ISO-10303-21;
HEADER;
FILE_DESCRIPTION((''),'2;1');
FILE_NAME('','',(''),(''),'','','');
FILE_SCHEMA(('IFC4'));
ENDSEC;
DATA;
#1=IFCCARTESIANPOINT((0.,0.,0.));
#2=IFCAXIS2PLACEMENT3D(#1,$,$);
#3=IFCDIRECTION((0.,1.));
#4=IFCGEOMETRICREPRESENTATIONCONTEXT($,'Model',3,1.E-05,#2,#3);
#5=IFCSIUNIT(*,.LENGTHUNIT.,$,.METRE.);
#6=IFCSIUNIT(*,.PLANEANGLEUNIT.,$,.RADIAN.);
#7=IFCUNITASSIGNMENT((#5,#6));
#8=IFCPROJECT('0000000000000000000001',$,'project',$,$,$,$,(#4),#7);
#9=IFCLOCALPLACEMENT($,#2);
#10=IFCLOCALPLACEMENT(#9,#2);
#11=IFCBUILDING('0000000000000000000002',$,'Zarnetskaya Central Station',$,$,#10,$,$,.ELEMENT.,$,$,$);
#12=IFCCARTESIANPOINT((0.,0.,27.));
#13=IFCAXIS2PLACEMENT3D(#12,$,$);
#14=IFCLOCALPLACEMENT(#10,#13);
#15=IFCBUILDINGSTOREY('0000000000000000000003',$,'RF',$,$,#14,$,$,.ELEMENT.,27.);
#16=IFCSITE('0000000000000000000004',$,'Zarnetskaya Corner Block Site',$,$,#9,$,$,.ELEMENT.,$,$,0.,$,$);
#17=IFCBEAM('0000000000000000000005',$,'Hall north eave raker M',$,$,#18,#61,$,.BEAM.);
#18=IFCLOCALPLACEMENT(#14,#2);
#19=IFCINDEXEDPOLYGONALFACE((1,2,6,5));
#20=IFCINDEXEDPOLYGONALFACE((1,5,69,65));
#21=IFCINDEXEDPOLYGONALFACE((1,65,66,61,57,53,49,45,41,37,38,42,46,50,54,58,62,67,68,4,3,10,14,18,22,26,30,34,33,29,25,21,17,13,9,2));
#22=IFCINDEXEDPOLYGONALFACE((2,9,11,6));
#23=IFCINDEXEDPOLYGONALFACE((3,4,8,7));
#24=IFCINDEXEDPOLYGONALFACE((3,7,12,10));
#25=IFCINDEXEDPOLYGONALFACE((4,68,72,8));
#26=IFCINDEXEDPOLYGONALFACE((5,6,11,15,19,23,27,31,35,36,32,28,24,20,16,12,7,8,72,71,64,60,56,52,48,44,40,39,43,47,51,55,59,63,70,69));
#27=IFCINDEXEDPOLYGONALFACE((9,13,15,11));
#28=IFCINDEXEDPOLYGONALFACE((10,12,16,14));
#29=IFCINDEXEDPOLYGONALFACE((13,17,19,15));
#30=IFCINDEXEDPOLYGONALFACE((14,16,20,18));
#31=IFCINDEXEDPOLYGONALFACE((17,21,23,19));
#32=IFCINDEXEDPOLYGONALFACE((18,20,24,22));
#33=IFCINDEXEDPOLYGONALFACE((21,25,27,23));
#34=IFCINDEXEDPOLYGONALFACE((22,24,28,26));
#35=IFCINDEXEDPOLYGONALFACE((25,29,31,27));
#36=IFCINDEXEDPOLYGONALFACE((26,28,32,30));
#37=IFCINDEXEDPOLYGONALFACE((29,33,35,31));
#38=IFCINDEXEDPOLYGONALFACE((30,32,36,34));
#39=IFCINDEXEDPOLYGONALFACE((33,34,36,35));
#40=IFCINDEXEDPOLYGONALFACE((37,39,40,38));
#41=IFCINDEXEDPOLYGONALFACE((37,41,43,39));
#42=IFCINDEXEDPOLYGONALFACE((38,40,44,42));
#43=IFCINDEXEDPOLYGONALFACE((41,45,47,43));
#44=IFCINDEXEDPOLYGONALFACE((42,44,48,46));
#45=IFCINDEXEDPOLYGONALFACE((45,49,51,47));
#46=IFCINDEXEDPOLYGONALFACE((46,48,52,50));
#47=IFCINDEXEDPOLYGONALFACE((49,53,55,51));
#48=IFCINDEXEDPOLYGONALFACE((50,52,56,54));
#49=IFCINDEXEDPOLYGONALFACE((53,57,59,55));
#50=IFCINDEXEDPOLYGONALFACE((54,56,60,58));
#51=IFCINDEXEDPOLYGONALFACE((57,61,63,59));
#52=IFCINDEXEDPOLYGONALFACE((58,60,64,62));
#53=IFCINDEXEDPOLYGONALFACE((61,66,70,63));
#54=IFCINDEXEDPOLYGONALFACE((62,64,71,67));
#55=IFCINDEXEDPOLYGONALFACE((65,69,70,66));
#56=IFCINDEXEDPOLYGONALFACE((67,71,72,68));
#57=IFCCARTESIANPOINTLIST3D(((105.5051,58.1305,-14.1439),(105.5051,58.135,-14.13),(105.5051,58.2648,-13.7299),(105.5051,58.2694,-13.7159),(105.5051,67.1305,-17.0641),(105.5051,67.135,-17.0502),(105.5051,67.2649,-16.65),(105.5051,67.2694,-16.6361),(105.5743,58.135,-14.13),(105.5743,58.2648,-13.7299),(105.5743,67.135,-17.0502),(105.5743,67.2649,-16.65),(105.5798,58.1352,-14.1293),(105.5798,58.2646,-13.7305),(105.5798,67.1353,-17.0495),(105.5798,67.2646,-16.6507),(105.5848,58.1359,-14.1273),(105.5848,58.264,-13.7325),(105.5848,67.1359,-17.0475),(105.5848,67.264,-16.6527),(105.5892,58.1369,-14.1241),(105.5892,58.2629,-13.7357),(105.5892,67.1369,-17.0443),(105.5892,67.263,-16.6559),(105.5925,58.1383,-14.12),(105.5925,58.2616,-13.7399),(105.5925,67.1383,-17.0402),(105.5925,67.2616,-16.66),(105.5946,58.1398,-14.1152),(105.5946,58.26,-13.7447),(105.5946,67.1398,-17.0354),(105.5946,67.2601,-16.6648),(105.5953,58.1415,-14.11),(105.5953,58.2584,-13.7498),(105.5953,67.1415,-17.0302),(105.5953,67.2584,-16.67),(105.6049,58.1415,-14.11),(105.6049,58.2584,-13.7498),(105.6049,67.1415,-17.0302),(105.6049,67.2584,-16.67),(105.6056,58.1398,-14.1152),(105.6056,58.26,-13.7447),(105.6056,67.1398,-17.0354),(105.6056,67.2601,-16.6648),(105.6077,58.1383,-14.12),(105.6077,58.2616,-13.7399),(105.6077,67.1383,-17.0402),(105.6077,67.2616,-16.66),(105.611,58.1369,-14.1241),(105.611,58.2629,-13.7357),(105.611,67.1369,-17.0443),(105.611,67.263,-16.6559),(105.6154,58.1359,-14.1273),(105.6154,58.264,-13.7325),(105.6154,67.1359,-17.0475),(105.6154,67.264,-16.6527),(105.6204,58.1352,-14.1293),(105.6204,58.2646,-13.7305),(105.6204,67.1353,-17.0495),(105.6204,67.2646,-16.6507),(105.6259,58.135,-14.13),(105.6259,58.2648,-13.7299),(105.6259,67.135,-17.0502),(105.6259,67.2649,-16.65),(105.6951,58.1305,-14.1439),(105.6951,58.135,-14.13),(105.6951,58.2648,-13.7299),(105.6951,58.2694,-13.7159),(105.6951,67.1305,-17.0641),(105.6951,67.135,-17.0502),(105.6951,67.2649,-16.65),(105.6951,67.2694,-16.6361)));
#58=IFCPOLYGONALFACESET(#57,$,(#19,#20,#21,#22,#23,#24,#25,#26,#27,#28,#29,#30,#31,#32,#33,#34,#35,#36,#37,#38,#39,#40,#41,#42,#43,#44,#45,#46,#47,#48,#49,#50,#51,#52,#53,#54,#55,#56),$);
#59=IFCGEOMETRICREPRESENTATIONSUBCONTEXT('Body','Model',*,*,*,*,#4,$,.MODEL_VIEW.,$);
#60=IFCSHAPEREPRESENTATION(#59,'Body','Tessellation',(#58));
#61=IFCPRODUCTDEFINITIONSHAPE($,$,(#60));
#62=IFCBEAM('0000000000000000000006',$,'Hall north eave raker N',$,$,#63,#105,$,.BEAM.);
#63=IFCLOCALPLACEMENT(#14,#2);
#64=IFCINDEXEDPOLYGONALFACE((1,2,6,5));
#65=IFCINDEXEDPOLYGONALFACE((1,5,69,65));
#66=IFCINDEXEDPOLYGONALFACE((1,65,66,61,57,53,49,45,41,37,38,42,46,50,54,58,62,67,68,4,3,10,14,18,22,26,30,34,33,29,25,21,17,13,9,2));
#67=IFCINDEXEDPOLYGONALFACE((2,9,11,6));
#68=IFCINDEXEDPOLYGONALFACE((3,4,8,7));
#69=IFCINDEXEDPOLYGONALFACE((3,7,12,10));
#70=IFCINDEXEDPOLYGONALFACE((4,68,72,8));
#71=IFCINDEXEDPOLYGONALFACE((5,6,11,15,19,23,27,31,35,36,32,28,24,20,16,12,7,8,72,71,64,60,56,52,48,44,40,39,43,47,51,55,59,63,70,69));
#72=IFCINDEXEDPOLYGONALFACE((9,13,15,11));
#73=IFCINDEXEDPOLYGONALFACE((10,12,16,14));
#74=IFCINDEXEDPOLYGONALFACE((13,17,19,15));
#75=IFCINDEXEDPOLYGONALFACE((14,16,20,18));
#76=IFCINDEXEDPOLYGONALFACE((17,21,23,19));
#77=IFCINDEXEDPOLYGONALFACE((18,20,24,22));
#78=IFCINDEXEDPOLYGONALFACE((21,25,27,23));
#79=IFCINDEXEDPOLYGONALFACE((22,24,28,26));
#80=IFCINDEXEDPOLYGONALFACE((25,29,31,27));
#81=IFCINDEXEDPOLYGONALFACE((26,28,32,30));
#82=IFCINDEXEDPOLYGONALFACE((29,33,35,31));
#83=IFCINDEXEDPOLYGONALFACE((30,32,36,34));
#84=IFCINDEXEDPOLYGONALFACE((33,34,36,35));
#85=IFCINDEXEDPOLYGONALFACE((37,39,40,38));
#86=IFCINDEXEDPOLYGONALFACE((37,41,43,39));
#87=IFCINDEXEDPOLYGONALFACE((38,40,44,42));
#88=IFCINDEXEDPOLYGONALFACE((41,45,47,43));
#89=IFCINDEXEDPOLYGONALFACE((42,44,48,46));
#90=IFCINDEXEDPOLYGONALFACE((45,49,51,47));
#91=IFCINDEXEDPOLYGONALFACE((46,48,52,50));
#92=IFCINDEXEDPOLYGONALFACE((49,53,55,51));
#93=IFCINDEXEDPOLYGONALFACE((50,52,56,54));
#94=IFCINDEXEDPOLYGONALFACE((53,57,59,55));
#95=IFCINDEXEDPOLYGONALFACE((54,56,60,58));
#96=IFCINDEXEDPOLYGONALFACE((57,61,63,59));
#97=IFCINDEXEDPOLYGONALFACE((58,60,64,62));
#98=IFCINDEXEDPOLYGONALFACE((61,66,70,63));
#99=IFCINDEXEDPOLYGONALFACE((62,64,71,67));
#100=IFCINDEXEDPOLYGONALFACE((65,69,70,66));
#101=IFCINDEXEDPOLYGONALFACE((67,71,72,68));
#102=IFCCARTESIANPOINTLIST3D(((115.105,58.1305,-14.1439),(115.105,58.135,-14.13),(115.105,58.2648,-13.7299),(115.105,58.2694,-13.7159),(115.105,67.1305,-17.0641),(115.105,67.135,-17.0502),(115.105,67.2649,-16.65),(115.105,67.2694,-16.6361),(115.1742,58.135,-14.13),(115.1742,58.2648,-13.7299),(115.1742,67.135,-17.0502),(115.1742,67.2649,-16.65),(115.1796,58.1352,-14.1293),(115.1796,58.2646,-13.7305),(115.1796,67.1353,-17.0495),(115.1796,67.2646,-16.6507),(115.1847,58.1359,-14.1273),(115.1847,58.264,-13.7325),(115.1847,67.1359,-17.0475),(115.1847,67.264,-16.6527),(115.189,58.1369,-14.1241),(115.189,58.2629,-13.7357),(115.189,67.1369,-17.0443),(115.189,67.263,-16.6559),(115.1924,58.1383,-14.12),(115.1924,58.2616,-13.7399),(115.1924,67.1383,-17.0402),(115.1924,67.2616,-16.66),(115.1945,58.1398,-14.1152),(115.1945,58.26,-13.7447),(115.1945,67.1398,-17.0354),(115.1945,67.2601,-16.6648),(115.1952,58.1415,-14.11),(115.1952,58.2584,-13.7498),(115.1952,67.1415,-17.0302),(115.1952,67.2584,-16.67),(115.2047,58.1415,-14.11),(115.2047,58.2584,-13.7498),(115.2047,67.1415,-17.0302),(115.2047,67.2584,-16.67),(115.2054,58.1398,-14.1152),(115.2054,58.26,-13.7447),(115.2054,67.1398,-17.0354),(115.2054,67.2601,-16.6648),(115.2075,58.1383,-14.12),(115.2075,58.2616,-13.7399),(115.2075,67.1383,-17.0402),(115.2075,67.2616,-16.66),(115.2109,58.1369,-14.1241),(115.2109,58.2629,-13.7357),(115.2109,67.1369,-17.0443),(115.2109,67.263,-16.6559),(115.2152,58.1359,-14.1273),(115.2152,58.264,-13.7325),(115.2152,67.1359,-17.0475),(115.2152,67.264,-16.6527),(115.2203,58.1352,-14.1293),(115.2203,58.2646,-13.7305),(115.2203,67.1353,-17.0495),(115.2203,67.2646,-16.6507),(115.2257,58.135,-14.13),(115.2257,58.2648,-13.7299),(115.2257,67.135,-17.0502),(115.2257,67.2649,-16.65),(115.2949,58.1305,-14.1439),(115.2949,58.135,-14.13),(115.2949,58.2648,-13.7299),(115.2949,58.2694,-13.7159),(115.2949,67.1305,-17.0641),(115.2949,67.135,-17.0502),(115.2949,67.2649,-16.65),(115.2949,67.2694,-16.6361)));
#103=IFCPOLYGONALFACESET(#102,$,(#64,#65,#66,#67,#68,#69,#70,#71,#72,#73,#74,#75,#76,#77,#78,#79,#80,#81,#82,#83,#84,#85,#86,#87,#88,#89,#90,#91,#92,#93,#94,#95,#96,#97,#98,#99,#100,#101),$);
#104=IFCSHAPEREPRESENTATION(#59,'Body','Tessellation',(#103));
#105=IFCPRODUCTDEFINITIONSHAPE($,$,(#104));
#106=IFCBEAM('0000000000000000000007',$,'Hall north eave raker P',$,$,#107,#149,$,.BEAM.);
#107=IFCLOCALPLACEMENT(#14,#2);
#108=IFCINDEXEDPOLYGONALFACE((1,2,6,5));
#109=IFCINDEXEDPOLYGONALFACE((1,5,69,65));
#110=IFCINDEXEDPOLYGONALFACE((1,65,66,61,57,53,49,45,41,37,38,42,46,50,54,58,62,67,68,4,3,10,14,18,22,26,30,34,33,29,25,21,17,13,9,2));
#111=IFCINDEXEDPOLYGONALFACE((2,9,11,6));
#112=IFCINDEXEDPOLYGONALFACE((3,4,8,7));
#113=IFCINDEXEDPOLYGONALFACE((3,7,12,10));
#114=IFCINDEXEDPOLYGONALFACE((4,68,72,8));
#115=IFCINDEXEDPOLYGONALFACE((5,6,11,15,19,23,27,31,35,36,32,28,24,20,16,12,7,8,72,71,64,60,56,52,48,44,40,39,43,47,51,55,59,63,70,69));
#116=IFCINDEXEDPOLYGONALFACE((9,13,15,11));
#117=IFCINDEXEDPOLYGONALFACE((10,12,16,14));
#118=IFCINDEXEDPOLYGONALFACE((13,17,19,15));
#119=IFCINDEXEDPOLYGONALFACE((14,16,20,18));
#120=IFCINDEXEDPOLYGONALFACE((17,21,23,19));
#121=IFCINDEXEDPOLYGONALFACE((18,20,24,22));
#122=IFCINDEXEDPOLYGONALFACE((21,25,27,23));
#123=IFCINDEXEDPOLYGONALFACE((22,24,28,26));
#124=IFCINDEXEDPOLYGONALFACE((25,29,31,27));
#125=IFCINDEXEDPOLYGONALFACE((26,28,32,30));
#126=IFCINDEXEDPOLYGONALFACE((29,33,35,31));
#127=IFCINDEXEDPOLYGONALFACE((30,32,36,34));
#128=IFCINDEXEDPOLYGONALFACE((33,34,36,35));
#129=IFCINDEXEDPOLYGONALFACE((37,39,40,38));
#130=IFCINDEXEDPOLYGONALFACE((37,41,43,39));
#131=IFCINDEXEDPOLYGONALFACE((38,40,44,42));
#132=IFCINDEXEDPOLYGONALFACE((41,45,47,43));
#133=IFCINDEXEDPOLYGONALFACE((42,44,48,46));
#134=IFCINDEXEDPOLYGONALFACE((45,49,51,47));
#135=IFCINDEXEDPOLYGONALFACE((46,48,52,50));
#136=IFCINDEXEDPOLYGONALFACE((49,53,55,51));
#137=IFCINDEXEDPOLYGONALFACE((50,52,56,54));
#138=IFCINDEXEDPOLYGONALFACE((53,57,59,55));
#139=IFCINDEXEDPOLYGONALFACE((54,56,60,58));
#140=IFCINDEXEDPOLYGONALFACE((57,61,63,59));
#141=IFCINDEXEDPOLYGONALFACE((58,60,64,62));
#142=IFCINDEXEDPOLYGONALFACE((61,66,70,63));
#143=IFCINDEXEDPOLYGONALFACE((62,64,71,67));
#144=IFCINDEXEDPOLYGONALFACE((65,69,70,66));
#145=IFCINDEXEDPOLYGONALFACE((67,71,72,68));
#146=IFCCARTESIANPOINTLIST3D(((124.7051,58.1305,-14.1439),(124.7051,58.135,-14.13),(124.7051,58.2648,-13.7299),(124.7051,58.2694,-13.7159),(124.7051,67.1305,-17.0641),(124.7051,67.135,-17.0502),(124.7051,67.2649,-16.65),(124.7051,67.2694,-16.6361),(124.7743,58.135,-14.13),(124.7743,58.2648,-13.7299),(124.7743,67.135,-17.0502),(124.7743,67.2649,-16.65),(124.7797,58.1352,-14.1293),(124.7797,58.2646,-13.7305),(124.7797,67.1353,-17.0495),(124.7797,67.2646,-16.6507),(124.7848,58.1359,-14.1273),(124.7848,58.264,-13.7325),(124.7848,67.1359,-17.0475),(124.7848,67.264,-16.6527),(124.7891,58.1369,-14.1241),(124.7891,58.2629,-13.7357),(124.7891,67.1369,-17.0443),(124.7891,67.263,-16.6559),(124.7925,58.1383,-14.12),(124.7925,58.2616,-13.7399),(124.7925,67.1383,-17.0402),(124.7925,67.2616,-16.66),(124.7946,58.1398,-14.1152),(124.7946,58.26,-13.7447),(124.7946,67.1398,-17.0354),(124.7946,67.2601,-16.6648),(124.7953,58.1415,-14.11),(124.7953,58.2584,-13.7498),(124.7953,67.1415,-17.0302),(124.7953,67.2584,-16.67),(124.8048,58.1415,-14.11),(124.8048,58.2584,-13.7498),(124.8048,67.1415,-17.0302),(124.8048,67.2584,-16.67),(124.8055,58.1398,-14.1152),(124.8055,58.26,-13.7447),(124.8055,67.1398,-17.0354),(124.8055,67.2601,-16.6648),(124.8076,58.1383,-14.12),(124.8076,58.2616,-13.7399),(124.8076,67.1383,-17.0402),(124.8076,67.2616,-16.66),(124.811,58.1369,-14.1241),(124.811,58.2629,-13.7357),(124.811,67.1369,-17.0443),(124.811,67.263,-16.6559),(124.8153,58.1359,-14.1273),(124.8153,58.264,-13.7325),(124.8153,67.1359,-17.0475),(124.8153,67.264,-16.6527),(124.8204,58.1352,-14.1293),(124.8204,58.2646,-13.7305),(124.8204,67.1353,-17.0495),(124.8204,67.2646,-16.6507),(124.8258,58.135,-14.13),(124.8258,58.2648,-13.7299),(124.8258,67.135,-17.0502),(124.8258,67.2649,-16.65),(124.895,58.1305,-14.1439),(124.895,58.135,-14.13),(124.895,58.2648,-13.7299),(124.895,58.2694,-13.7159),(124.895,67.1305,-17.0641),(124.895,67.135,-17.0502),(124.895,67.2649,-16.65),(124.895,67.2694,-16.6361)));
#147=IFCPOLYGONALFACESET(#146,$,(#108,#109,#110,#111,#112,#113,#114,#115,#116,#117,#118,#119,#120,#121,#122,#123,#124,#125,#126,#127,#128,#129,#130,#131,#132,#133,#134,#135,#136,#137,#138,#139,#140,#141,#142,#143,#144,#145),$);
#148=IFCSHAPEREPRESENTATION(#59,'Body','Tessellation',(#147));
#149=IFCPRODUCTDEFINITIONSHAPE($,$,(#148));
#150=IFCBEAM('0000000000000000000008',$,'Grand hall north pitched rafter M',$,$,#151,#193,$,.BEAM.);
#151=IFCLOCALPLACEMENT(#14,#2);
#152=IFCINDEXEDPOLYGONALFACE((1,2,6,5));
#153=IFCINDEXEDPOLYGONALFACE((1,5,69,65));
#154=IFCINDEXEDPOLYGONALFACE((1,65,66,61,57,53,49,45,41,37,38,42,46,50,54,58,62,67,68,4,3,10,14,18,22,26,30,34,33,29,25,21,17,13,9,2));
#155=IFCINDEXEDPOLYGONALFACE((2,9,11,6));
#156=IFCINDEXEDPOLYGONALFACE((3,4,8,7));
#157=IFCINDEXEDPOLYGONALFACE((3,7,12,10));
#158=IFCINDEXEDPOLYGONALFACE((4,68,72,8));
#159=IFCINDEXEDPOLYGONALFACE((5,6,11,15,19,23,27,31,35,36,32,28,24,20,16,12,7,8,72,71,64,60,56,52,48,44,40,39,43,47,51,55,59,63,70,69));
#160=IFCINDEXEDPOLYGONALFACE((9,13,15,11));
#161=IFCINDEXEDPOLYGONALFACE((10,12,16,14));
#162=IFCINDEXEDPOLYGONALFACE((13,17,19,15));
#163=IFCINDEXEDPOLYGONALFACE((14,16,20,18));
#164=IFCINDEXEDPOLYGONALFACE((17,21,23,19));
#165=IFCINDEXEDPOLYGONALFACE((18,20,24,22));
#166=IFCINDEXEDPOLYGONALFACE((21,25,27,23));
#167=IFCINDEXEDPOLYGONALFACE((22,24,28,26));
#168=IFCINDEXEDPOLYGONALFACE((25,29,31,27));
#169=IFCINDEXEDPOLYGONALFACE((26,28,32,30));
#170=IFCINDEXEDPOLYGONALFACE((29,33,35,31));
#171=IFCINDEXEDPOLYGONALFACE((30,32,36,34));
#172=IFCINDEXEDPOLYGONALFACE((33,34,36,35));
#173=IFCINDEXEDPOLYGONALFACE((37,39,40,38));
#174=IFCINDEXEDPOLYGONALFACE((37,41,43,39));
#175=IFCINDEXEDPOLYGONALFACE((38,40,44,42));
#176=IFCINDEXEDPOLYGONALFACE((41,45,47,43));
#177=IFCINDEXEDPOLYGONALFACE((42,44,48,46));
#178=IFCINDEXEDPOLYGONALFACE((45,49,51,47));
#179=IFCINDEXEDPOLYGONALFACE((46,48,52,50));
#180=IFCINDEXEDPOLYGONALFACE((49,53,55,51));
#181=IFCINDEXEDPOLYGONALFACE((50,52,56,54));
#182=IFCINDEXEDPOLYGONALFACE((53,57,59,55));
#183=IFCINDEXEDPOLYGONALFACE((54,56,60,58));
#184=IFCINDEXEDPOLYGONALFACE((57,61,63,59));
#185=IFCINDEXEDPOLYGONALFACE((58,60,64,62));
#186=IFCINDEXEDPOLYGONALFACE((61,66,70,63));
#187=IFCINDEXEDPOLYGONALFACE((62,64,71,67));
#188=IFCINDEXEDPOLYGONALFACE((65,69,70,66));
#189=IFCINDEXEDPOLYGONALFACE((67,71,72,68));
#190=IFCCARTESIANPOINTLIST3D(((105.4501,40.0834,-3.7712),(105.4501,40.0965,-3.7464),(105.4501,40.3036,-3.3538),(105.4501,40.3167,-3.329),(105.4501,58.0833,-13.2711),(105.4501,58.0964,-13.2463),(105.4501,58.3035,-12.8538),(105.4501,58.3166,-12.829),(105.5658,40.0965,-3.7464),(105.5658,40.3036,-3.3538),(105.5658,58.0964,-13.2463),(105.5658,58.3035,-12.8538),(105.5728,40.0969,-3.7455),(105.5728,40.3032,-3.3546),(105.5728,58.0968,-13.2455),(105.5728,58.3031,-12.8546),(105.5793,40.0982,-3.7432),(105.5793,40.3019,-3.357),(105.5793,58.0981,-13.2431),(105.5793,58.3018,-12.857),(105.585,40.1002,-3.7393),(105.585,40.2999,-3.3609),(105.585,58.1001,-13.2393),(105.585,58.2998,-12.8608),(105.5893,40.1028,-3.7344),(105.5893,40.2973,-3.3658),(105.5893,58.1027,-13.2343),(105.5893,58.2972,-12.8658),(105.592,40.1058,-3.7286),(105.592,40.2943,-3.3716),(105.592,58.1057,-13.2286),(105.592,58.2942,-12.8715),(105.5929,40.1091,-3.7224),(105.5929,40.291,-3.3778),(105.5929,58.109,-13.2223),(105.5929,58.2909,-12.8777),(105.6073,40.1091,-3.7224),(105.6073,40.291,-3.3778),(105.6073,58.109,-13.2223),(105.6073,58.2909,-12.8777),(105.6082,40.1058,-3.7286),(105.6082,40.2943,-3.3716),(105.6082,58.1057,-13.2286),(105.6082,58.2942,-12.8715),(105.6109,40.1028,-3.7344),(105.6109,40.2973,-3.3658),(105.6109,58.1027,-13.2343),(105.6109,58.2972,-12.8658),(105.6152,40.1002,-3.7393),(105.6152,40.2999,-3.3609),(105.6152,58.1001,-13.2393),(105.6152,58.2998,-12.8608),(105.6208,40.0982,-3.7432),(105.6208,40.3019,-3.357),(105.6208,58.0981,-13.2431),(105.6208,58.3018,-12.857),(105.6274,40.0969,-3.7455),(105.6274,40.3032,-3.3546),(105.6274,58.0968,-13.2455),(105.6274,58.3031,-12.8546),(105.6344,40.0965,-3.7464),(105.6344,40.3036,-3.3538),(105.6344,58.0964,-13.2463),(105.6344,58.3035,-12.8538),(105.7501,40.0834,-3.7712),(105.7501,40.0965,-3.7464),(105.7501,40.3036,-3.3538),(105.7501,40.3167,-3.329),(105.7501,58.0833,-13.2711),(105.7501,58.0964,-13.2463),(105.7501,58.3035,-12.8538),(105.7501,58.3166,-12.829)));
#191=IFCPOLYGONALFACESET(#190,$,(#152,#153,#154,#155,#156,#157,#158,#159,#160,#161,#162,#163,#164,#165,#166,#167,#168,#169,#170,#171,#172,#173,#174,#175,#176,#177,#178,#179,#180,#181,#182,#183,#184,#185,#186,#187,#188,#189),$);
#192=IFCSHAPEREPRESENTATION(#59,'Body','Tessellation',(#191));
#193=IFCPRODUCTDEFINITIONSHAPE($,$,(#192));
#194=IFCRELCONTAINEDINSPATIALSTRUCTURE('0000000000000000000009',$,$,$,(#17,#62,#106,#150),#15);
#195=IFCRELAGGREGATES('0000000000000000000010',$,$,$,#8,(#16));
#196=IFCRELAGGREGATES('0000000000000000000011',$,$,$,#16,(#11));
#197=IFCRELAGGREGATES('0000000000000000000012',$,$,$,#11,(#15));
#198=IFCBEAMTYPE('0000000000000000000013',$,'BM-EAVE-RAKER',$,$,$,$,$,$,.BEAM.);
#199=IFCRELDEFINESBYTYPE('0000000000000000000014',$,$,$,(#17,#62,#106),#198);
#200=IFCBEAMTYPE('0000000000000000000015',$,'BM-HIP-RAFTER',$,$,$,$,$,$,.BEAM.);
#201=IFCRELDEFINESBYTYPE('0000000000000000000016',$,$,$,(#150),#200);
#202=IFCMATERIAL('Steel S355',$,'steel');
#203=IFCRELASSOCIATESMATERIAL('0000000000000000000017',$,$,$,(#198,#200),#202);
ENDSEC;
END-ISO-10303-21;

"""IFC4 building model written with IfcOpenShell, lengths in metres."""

from ifc_helpers import new_model, si_unit, direction, frame, origin, origin_2d, place, context, subcontext, project, spatial, i_section, extrude, material, material_profile, profile_set, type_object, element, save


model = new_model("IFC4")

# Units and contexts
model_context = context("Model", 3, precision=1e-05, world=origin(), true_north=direction((0.0, 1.0)))
body_context = subcontext(model_context, "Body", "Model", "MODEL_VIEW")
ifc_project = project(units=[si_unit("LENGTHUNIT", "METRE"), si_unit("PLANEANGLEUNIT", "RADIAN")], contexts=[model_context])

# Site, building, storey
site_placement = place(None, origin())
site = spatial("IfcSite", under=ifc_project, at=site_placement, Name="Zarnetskaya Corner Block Site", CompositionType="ELEMENT", RefElevation=0.0)
building_placement = place(site_placement, origin())
building = spatial("IfcBuilding", under=site, at=building_placement, Name="Zarnetskaya Central Station", CompositionType="ELEMENT")
storey_placement = place(building_placement, frame((0.0, 0.0, 27.0)))
storey = spatial("IfcBuildingStorey", under=building, at=storey_placement, Name="RF", CompositionType="ELEMENT", Elevation=27.0)

# Beams
ifc_material_1 = material(Name="Steel S355", Category="steel")
ifc_material_profile_1 = material_profile(ifc_material_1, i_section(OverallWidth=0.1899, OverallDepth=0.45, WebThickness=0.0095, FlangeThickness=0.0146, FilletRadius=0.021, at=origin_2d()), Name="IPE 450")
ifc_profile_set_1 = profile_set([ifc_material_profile_1], Name="Steel S355")
beam_type_1 = type_object("IfcBeamType", Name="BM-EAVE-RAKER", PredefinedType="BEAM", material=ifc_profile_set_1)
for number, where, z_axis, x_axis, name in (
    (1, (105.6001, 67.2, -16.8501), (0.0, -0.951184, 0.308624), (1.0, 0.0, 0.0), "Hall north eave raker M"),
    (2, (115.2, 67.2, -16.8501), (0.0, -0.951184, 0.308624), (1.0, 0.0, 0.0), "Hall north eave raker N"),
    (3, (124.8, 67.2, -16.8501), (0.0, -0.951184, 0.308624), (1.0, 0.0, 0.0), "Hall north eave raker P"),
):
    element("IfcBeam", number, at=place(storey_placement, frame(where, z_axis=z_axis, x_axis=x_axis)), inside=storey, type_object=beam_type_1, Name=name, PredefinedType="BEAM", context=body_context, shape_type="SweptSolid", body=[
        extrude(i_section(OverallWidth=0.1899, OverallDepth=0.45, WebThickness=0.0095, FlangeThickness=0.0146, FilletRadius=0.021, at=origin_2d()), origin(), (0.0, 0.0, 1.0), 9.4619),
    ])
ifc_material_profile_2 = material_profile(ifc_material_1, i_section(OverallWidth=0.3, OverallDepth=0.5, WebThickness=0.0144, FlangeThickness=0.0281, FilletRadius=0.0271, at=origin_2d()), Name="HEB 500")
ifc_profile_set_2 = profile_set([ifc_material_profile_2], Name="Steel S355")
beam_type_2 = type_object("IfcBeamType", Name="BM-HIP-RAFTER", PredefinedType="BEAM", material=ifc_profile_set_2)
beam_1_placement = place(storey_placement, frame((105.6001, 58.2, -13.05), z_axis=(0.0, -0.884385, 0.466759), x_axis=(1.0, 0.0, 0.0)))
element("IfcBeam", 4, at=beam_1_placement, inside=storey, type_object=beam_type_2, Name="Grand hall north pitched rafter M", PredefinedType="BEAM", context=body_context, shape_type="SweptSolid", body=[
    extrude(i_section(OverallWidth=0.3, OverallDepth=0.5, WebThickness=0.0144, FlangeThickness=0.0281, FilletRadius=0.0271, at=origin_2d()), origin(), (0.0, 0.0, 1.0), 20.353),
])

save(model, "model.ifc")
